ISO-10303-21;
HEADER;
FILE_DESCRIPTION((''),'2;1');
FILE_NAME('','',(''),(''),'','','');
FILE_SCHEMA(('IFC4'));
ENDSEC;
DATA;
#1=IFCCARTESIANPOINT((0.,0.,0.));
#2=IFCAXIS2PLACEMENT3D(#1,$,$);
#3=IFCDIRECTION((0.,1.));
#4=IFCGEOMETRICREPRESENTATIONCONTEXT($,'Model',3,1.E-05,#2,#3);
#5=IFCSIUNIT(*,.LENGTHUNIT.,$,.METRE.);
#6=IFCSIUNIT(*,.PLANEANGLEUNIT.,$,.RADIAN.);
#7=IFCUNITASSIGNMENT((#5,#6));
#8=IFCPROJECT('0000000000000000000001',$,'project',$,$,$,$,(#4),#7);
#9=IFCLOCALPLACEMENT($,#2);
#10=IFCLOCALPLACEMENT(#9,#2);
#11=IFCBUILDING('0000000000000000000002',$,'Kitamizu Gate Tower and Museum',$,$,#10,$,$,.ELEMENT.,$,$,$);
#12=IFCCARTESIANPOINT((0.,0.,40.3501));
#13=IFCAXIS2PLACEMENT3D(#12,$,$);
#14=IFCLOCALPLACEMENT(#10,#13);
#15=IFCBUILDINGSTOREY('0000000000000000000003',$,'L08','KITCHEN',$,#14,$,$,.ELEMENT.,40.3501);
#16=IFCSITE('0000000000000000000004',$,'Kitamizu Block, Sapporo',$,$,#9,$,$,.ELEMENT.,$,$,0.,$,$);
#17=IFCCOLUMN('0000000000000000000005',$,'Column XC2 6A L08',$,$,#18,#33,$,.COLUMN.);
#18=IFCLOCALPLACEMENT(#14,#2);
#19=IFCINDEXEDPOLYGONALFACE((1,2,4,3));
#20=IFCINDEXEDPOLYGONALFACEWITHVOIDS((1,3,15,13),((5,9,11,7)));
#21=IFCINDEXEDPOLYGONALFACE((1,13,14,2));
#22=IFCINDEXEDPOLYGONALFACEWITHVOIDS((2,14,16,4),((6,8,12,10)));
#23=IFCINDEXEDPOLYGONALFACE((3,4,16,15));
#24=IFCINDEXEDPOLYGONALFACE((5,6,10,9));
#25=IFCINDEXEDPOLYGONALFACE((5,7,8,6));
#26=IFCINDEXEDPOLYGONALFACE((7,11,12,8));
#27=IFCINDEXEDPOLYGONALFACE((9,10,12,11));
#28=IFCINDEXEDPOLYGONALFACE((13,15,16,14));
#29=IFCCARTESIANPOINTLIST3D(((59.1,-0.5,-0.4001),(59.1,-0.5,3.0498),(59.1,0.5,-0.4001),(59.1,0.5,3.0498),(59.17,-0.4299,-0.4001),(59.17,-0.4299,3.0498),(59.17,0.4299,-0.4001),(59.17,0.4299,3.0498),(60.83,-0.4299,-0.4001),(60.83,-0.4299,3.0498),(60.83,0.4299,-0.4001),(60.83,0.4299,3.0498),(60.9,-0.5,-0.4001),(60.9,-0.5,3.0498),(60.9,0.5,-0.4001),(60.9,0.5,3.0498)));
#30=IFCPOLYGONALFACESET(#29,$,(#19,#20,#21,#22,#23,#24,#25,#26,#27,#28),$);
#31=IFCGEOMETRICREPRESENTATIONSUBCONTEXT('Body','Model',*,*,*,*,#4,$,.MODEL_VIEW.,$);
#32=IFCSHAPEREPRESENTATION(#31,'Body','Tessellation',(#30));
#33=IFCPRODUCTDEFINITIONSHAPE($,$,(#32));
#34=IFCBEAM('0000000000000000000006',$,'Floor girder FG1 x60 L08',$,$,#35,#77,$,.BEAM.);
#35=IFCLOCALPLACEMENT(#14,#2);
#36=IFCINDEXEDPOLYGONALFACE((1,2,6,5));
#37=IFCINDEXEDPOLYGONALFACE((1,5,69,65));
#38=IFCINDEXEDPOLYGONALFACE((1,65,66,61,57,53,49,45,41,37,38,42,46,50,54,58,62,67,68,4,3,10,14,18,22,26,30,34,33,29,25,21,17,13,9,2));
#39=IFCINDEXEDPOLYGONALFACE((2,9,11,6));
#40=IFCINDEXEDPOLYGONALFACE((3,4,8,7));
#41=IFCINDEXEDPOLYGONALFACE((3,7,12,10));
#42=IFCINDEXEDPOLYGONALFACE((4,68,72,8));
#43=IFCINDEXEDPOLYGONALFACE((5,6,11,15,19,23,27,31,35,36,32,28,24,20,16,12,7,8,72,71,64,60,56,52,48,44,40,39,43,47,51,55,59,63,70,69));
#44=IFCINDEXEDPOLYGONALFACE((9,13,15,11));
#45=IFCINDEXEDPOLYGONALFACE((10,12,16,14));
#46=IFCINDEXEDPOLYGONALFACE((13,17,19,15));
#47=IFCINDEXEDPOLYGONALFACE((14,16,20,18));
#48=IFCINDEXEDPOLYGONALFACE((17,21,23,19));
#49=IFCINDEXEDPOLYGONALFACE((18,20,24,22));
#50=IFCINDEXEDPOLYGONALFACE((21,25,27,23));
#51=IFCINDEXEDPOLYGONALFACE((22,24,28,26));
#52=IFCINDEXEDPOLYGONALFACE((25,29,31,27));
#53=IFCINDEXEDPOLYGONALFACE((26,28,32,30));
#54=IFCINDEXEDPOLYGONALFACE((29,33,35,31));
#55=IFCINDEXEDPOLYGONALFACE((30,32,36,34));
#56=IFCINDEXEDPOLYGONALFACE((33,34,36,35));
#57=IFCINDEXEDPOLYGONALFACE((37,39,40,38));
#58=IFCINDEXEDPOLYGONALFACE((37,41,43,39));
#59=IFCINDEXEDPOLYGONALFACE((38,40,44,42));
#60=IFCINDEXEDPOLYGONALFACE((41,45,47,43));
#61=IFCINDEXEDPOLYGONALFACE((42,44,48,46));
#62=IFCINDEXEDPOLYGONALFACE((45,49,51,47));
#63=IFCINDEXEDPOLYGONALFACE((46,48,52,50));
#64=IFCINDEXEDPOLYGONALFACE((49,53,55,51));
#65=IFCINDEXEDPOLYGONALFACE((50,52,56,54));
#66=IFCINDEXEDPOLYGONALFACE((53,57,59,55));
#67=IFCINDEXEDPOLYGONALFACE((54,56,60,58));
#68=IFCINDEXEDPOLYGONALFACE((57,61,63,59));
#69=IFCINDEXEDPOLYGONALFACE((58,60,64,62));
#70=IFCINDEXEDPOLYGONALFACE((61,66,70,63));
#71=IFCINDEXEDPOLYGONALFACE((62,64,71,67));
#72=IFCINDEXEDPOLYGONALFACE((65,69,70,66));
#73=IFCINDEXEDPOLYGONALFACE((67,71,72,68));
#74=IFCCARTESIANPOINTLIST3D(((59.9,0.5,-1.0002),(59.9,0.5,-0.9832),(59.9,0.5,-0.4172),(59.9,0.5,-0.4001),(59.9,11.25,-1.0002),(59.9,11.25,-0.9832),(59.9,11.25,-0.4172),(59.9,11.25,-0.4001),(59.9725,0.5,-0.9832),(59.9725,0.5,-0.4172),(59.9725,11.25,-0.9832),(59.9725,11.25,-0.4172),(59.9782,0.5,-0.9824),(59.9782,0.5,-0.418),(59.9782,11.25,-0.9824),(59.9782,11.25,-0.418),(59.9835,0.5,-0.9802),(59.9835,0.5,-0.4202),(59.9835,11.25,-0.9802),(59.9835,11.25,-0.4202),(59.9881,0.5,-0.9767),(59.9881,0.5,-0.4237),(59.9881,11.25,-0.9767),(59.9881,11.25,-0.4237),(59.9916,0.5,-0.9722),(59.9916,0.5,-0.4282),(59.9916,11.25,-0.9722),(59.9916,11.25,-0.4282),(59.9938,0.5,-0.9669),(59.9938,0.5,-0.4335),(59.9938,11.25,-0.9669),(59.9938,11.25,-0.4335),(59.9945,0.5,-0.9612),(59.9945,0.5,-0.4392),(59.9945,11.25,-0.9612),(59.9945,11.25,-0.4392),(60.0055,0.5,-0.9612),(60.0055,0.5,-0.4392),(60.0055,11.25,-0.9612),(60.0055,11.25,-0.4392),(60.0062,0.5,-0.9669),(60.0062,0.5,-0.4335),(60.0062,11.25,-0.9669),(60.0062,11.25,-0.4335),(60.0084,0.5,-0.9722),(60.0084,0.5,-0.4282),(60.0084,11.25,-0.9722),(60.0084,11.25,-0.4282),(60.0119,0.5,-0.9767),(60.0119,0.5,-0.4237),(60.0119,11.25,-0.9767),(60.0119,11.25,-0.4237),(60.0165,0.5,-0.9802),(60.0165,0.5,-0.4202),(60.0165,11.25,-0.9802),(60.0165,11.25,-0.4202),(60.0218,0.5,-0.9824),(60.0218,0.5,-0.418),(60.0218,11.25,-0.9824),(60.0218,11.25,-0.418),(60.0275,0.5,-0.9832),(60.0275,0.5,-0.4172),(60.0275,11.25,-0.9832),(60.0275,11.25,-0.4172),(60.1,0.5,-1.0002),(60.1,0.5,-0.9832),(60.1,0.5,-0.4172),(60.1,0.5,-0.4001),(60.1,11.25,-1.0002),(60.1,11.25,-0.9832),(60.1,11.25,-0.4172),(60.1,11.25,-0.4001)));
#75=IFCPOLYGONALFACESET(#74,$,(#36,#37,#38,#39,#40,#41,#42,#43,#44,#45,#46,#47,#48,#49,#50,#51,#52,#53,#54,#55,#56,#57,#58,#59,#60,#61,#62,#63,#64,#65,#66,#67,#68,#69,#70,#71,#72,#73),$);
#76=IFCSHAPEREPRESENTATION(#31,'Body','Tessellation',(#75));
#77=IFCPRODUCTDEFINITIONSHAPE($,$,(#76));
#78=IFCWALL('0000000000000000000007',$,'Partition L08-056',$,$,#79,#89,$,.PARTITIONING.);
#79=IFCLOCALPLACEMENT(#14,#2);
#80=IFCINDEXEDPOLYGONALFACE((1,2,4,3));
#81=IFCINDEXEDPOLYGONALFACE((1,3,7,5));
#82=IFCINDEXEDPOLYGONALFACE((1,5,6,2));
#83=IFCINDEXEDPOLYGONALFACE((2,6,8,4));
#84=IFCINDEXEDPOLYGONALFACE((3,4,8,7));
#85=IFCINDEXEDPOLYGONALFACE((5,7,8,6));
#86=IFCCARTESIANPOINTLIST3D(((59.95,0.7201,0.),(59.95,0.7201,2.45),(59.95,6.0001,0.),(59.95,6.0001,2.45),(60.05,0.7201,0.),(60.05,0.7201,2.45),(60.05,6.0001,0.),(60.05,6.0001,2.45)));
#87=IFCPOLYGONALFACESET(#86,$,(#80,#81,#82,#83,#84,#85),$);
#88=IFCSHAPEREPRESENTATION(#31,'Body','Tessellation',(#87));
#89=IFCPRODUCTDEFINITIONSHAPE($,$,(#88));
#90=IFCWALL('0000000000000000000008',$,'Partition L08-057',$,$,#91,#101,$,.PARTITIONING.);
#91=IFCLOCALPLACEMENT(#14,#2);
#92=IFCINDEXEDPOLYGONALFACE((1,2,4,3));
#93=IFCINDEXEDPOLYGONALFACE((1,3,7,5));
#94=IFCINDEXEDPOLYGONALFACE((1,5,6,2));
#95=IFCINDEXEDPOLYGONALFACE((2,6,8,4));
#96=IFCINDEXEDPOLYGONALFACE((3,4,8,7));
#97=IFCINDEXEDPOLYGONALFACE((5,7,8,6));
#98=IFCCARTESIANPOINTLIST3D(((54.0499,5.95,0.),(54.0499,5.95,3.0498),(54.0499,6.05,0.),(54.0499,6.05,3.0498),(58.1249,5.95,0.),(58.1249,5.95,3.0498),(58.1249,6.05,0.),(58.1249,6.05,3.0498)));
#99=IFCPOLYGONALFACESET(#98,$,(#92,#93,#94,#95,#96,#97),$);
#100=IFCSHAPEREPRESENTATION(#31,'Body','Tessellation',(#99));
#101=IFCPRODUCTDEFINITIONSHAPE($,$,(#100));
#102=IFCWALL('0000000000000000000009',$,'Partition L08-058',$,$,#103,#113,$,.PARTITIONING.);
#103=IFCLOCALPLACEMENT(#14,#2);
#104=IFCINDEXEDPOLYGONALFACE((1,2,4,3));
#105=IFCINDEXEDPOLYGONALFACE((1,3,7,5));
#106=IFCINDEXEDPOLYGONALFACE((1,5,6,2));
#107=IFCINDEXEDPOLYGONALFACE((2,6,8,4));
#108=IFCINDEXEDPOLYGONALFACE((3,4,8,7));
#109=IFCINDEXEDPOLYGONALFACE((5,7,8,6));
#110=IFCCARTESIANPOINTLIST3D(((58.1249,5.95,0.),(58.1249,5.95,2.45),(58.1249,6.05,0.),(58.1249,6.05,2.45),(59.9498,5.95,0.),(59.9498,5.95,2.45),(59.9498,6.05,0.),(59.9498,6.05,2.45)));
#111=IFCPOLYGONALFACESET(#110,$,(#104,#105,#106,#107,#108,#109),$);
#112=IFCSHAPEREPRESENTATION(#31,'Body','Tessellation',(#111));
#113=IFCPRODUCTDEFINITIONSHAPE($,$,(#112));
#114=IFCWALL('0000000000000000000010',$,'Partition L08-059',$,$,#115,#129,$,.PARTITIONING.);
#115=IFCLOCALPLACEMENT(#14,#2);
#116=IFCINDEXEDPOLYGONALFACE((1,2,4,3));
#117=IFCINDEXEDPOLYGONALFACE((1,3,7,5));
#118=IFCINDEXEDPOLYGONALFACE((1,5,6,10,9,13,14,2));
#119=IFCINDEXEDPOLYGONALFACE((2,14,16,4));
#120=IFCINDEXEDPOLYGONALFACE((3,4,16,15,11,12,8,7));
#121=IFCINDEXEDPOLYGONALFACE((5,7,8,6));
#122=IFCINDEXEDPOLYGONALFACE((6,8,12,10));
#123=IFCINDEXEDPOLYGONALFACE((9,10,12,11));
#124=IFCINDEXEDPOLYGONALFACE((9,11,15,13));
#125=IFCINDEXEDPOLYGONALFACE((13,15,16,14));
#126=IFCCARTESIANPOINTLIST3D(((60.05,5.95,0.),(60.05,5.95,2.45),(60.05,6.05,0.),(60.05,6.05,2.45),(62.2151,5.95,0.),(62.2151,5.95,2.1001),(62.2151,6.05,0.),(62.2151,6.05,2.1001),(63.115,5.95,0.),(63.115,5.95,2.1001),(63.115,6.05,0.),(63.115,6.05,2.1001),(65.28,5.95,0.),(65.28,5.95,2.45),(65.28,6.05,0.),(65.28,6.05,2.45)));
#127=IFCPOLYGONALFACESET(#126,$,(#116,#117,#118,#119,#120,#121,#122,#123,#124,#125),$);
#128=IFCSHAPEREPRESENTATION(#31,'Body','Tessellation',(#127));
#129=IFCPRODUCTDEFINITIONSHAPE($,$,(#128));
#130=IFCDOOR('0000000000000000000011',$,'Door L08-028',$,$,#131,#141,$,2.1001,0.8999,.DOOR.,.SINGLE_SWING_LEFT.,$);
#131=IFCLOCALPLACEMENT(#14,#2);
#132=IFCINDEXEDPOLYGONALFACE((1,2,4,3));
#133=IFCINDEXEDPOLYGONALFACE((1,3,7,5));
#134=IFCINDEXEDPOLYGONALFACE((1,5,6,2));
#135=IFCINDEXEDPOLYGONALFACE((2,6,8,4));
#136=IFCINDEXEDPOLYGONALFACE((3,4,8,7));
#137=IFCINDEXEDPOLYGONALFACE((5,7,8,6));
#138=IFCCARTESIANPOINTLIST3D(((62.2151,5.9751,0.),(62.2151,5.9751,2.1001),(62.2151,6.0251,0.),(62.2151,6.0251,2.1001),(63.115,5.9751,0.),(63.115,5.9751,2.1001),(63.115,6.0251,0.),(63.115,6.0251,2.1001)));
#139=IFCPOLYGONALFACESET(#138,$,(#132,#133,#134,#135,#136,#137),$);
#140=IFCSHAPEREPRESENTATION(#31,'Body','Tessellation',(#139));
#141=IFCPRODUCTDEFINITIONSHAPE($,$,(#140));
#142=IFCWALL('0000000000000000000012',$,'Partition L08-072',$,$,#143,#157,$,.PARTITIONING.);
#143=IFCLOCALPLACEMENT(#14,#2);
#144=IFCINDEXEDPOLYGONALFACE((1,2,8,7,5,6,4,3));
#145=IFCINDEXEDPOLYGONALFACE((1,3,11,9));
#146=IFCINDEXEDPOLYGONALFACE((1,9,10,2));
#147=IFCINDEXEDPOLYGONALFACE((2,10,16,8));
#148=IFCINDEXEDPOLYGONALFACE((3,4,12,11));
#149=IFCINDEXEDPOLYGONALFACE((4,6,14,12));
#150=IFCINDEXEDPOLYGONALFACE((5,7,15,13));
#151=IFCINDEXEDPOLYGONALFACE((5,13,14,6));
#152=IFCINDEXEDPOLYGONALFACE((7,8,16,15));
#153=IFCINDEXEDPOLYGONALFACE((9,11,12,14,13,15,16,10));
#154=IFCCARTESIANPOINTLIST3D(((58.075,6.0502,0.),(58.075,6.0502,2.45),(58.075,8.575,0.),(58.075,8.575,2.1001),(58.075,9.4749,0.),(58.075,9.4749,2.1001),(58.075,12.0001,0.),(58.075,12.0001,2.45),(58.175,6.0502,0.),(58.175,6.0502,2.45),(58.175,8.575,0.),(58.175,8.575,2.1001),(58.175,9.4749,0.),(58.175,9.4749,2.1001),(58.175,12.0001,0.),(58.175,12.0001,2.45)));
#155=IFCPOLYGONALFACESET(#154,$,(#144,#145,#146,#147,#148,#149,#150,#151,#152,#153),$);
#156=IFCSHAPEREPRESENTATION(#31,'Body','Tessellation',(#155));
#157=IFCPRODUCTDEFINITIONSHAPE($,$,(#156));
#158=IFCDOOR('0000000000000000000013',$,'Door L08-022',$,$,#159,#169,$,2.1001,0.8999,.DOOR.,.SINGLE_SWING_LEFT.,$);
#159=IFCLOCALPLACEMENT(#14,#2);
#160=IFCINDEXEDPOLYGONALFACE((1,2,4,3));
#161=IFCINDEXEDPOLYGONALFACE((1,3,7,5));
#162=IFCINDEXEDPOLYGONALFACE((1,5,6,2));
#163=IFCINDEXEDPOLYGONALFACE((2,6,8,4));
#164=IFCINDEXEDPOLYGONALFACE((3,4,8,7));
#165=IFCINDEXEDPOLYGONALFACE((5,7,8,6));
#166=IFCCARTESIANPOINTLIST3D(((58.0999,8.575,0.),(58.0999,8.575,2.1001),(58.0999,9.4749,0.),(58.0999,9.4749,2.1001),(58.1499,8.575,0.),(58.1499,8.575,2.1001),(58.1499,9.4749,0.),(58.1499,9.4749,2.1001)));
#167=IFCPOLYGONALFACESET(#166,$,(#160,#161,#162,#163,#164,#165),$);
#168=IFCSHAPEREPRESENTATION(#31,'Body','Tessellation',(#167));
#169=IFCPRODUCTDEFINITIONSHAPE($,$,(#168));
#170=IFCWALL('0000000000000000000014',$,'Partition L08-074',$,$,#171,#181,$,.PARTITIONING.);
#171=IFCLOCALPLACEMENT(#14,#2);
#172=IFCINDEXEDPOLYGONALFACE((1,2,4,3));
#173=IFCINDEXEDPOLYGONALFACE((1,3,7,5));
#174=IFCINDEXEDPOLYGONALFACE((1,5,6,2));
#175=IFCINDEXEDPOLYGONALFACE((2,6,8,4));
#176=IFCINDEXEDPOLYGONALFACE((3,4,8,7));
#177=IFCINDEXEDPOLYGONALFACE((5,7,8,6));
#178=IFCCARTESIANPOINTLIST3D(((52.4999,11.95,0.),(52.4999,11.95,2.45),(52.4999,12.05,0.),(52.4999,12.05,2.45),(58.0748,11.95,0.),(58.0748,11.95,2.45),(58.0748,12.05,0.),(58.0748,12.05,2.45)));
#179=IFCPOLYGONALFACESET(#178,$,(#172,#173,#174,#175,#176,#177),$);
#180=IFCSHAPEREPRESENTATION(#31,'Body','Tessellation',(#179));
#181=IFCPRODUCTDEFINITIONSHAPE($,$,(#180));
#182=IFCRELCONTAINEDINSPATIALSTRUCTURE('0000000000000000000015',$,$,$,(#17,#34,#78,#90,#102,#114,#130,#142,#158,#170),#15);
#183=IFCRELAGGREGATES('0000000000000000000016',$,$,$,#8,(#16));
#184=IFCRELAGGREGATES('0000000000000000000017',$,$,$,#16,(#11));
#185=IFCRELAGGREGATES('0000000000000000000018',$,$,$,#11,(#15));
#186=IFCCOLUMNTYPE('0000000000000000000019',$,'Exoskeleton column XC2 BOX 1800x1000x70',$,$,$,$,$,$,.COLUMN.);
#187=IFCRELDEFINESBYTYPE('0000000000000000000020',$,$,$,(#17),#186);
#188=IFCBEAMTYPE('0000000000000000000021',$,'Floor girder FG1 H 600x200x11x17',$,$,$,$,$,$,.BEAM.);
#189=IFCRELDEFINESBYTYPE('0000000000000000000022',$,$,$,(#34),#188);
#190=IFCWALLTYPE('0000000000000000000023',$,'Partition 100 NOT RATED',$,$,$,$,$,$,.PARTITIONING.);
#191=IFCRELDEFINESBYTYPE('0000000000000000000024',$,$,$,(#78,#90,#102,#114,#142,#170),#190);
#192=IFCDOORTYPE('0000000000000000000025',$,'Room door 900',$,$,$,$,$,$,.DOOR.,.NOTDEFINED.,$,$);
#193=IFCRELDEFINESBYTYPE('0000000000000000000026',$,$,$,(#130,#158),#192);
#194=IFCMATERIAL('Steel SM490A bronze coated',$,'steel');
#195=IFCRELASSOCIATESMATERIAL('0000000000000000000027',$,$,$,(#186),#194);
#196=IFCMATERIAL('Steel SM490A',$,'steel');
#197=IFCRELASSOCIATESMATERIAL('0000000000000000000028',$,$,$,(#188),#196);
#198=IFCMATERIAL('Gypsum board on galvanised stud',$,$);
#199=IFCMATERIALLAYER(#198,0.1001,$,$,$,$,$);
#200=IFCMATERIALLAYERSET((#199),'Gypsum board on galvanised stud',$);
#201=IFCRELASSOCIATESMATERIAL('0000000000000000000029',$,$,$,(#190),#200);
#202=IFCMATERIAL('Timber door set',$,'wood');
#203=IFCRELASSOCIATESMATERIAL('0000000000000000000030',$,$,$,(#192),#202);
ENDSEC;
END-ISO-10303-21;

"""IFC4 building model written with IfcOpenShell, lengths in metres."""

from ifc_helpers import new_model, si_unit, direction, frame, frame_2d, origin, origin_2d, place, context, subcontext, project, spatial, rectangle, hollow_rectangle, i_section, extrude, material, layer, layer_set, material_profile, profile_set, type_object, element, fill, save


model = new_model("IFC4")

# Units and contexts
model_context = context("Model", 3, precision=1e-05, world=origin(), true_north=direction((0.0, 1.0)))
body_context = subcontext(model_context, "Body", "Model", "MODEL_VIEW")
ifc_project = project(units=[si_unit("LENGTHUNIT", "METRE"), si_unit("PLANEANGLEUNIT", "RADIAN")], contexts=[model_context])

# Site, building, storey
site_placement = place(None, origin())
site = spatial("IfcSite", under=ifc_project, at=site_placement, Name="Kitamizu Block, Sapporo", CompositionType="ELEMENT", RefElevation=0.0)
building_placement = place(site_placement, origin())
building = spatial("IfcBuilding", under=site, at=building_placement, Name="Kitamizu Gate Tower and Museum", CompositionType="ELEMENT")
storey_placement = place(building_placement, frame((0.0, 0.0, 40.3501)))
storey = spatial("IfcBuildingStorey", under=building, at=storey_placement, Name="L08", Description="KITCHEN", CompositionType="ELEMENT", Elevation=40.3501)

# Column
ifc_material_1 = material(Name="Steel SM490A bronze coated", Category="steel")
ifc_material_profile_1 = material_profile(ifc_material_1, hollow_rectangle(XDim=1.8, YDim=1.0, WallThickness=0.0701, at=origin_2d()), Name="BOX 1800x1000x70")
ifc_profile_set_1 = profile_set([ifc_material_profile_1], Name="Steel SM490A bronze coated")
column_type = type_object("IfcColumnType", Name="Exoskeleton column XC2 BOX 1800x1000x70", PredefinedType="COLUMN", material=ifc_profile_set_1)
column_placement = place(storey_placement, frame((60.0, 0.0, -0.4001), z_axis=(0.0, 0.0, 1.0), x_axis=(1.0, 0.0, 0.0)))
element("IfcColumn", 1, at=column_placement, inside=storey, type_object=column_type, Name="Column XC2 6A L08", PredefinedType="COLUMN", context=body_context, shape_type="SweptSolid", body=[
    extrude(hollow_rectangle(XDim=1.8, YDim=1.0, WallThickness=0.0701, at=origin_2d()), origin(), (0.0, 0.0, 1.0), 3.45),
])

# Beam
ifc_material_2 = material(Name="Steel SM490A", Category="steel")
ifc_material_profile_2 = material_profile(ifc_material_2, i_section(OverallWidth=0.2, OverallDepth=0.6001, WebThickness=0.011, FlangeThickness=0.0171, FilletRadius=0.022, at=origin_2d()), Name="H-600x200x11x17")
ifc_profile_set_2 = profile_set([ifc_material_profile_2], Name="Steel SM490A")
beam_type = type_object("IfcBeamType", Name="Floor girder FG1 H 600x200x11x17", PredefinedType="BEAM", material=ifc_profile_set_2)
beam_placement = place(storey_placement, frame((60.0, 0.5, -0.7002), z_axis=(0.0, 1.0, 0.0), x_axis=(-1.0, 0.0, 0.0)))
element("IfcBeam", 2, at=beam_placement, inside=storey, type_object=beam_type, Name="Floor girder FG1 x60 L08", PredefinedType="BEAM", context=body_context, shape_type="SweptSolid", body=[
    extrude(i_section(OverallWidth=0.2, OverallDepth=0.6001, WebThickness=0.011, FlangeThickness=0.0171, FilletRadius=0.022, at=origin_2d()), origin(), (0.0, 0.0, 1.0), 10.75),
])

# Walls
ifc_material_3 = material(Name="Gypsum board on galvanised stud")
ifc_layer_1 = layer(ifc_material_3, 0.1001)
ifc_layer_set_1 = layer_set([ifc_layer_1], Name="Gypsum board on galvanised stud")
wall_type_1 = type_object("IfcWallType", Name="Partition 100 NOT RATED", PredefinedType="PARTITIONING", material=ifc_layer_set_1)
wall_1_placement = place(storey_placement, frame((60.0, 0.72, 0.0), z_axis=(0.0, 0.0, 1.0), x_axis=(0.0, 1.0, 0.0)))
element("IfcWall", 3, at=wall_1_placement, inside=storey, type_object=wall_type_1, Name="Partition L08-056", PredefinedType="PARTITIONING", context=body_context, shape_type="SweptSolid", body=[
    extrude(rectangle(XDim=5.28, YDim=0.1001, at=frame_2d((2.6401, 0.0))), origin(), (0.0, 0.0, 1.0), 2.45),
])
wall_2_placement = place(storey_placement, frame((58.125, 6.0, 0.0), z_axis=(0.0, 0.0, 1.0), x_axis=(-1.0, 0.0, 0.0)))
element("IfcWall", 4, at=wall_2_placement, inside=storey, type_object=wall_type_1, Name="Partition L08-057", PredefinedType="PARTITIONING", context=body_context, shape_type="SweptSolid", body=[
    extrude(rectangle(XDim=4.075, YDim=0.1001, at=frame_2d((2.0376, 0.0))), origin(), (0.0, 0.0, 1.0), 3.0498),
])
wall_3_placement = place(storey_placement, frame((59.95, 6.0, 0.0), z_axis=(0.0, 0.0, 1.0), x_axis=(-1.0, 0.0, 0.0)))
element("IfcWall", 5, at=wall_3_placement, inside=storey, type_object=wall_type_1, Name="Partition L08-058", PredefinedType="PARTITIONING", context=body_context, shape_type="SweptSolid", body=[
    extrude(rectangle(XDim=1.825, YDim=0.1001, at=frame_2d((0.9126, 0.0))), origin(), (0.0, 0.0, 1.0), 2.45),
])

# Walls, openings, doors
wall_4_placement = place(storey_placement, frame((65.28, 6.0, 0.0), z_axis=(0.0, 0.0, 1.0), x_axis=(-1.0, 0.0, 0.0)))
wall_4 = element("IfcWall", 6, at=wall_4_placement, inside=storey, type_object=wall_type_1, Name="Partition L08-059", PredefinedType="PARTITIONING", context=body_context, shape_type="SweptSolid", body=[
    extrude(rectangle(XDim=5.23, YDim=0.1001, at=frame_2d((2.615, 0.0))), origin(), (0.0, 0.0, 1.0), 2.45),
])
opening_1_placement = place(wall_4_placement, frame((2.165, 0.0, 0.0)))
opening_1 = element("IfcOpeningElement", 7, at=opening_1_placement, cuts=wall_4, PredefinedType="OPENING", context=body_context, shape_type="SweptSolid", body=[
    extrude(rectangle(XDim=0.8999, YDim=2.1001, at=frame_2d((0.45, 1.05))), frame((0.0, 0.0601, 0.0), z_axis=(0.0, -1.0, 0.0), x_axis=(1.0, 0.0, 0.0)), (0.0, 0.0, 1.0), 0.1201),
])
ifc_material_4 = material(Name="Timber door set", Category="wood")
door_type = type_object("IfcDoorType", Name="Room door 900", OperationType="NOTDEFINED", PredefinedType="DOOR", material=ifc_material_4)
door_1_placement = place(opening_1_placement, origin())
door_1 = element("IfcDoor", 8, at=door_1_placement, inside=storey, type_object=door_type, Name="Door L08-028", OperationType="SINGLE_SWING_LEFT", OverallHeight=2.1001, OverallWidth=0.8999, PredefinedType="DOOR", context=body_context, shape_type="SweptSolid", body=[
    extrude(rectangle(XDim=0.8999, YDim=2.1001, at=frame_2d((0.45, 1.05))), frame((0.0, 0.0249, 0.0), z_axis=(0.0, -1.0, 0.0), x_axis=(1.0, 0.0, 0.0)), (0.0, 0.0, 1.0), 0.05),
])
fill(opening_1, door_1)
wall_5_placement = place(storey_placement, frame((58.125, 6.05, 0.0), z_axis=(0.0, 0.0, 1.0), x_axis=(0.0, 1.0, 0.0)))
wall_5 = element("IfcWall", 9, at=wall_5_placement, inside=storey, type_object=wall_type_1, Name="Partition L08-072", PredefinedType="PARTITIONING", context=body_context, shape_type="SweptSolid", body=[
    extrude(rectangle(XDim=5.95, YDim=0.1001, at=frame_2d((2.9751, 0.0))), origin(), (0.0, 0.0, 1.0), 2.45),
])
opening_2_placement = place(wall_5_placement, frame((2.5249, 0.0, 0.0)))
opening_2 = element("IfcOpeningElement", 10, at=opening_2_placement, cuts=wall_5, PredefinedType="OPENING", context=body_context, shape_type="SweptSolid", body=[
    extrude(rectangle(XDim=0.8999, YDim=2.1001, at=frame_2d((0.45, 1.05))), frame((0.0, 0.0601, 0.0), z_axis=(0.0, -1.0, 0.0), x_axis=(1.0, 0.0, 0.0)), (0.0, 0.0, 1.0), 0.1201),
])
door_2_placement = place(opening_2_placement, frame((0.8999, 0.0, 0.0), x_axis=(-1.0, 0.0, 0.0)))
door_2 = element("IfcDoor", 11, at=door_2_placement, inside=storey, type_object=door_type, Name="Door L08-022", OperationType="SINGLE_SWING_LEFT", OverallHeight=2.1001, OverallWidth=0.8999, PredefinedType="DOOR", context=body_context, shape_type="SweptSolid", body=[
    extrude(rectangle(XDim=0.8999, YDim=2.1001, at=frame_2d((0.45, 1.05))), frame((0.0, 0.0249, 0.0), z_axis=(0.0, -1.0, 0.0), x_axis=(1.0, 0.0, 0.0)), (0.0, 0.0, 1.0), 0.05),
])
fill(opening_2, door_2)

# Wall
wall_6_placement = place(storey_placement, frame((58.075, 12.0, 0.0), z_axis=(0.0, 0.0, 1.0), x_axis=(-1.0, 0.0, 0.0)))
element("IfcWall", 12, at=wall_6_placement, inside=storey, type_object=wall_type_1, Name="Partition L08-074", PredefinedType="PARTITIONING", context=body_context, shape_type="SweptSolid", body=[
    extrude(rectangle(XDim=5.575, YDim=0.1001, at=frame_2d((2.7876, 0.0))), origin(), (0.0, 0.0, 1.0), 2.45),
])

save(model, "model.ifc")
